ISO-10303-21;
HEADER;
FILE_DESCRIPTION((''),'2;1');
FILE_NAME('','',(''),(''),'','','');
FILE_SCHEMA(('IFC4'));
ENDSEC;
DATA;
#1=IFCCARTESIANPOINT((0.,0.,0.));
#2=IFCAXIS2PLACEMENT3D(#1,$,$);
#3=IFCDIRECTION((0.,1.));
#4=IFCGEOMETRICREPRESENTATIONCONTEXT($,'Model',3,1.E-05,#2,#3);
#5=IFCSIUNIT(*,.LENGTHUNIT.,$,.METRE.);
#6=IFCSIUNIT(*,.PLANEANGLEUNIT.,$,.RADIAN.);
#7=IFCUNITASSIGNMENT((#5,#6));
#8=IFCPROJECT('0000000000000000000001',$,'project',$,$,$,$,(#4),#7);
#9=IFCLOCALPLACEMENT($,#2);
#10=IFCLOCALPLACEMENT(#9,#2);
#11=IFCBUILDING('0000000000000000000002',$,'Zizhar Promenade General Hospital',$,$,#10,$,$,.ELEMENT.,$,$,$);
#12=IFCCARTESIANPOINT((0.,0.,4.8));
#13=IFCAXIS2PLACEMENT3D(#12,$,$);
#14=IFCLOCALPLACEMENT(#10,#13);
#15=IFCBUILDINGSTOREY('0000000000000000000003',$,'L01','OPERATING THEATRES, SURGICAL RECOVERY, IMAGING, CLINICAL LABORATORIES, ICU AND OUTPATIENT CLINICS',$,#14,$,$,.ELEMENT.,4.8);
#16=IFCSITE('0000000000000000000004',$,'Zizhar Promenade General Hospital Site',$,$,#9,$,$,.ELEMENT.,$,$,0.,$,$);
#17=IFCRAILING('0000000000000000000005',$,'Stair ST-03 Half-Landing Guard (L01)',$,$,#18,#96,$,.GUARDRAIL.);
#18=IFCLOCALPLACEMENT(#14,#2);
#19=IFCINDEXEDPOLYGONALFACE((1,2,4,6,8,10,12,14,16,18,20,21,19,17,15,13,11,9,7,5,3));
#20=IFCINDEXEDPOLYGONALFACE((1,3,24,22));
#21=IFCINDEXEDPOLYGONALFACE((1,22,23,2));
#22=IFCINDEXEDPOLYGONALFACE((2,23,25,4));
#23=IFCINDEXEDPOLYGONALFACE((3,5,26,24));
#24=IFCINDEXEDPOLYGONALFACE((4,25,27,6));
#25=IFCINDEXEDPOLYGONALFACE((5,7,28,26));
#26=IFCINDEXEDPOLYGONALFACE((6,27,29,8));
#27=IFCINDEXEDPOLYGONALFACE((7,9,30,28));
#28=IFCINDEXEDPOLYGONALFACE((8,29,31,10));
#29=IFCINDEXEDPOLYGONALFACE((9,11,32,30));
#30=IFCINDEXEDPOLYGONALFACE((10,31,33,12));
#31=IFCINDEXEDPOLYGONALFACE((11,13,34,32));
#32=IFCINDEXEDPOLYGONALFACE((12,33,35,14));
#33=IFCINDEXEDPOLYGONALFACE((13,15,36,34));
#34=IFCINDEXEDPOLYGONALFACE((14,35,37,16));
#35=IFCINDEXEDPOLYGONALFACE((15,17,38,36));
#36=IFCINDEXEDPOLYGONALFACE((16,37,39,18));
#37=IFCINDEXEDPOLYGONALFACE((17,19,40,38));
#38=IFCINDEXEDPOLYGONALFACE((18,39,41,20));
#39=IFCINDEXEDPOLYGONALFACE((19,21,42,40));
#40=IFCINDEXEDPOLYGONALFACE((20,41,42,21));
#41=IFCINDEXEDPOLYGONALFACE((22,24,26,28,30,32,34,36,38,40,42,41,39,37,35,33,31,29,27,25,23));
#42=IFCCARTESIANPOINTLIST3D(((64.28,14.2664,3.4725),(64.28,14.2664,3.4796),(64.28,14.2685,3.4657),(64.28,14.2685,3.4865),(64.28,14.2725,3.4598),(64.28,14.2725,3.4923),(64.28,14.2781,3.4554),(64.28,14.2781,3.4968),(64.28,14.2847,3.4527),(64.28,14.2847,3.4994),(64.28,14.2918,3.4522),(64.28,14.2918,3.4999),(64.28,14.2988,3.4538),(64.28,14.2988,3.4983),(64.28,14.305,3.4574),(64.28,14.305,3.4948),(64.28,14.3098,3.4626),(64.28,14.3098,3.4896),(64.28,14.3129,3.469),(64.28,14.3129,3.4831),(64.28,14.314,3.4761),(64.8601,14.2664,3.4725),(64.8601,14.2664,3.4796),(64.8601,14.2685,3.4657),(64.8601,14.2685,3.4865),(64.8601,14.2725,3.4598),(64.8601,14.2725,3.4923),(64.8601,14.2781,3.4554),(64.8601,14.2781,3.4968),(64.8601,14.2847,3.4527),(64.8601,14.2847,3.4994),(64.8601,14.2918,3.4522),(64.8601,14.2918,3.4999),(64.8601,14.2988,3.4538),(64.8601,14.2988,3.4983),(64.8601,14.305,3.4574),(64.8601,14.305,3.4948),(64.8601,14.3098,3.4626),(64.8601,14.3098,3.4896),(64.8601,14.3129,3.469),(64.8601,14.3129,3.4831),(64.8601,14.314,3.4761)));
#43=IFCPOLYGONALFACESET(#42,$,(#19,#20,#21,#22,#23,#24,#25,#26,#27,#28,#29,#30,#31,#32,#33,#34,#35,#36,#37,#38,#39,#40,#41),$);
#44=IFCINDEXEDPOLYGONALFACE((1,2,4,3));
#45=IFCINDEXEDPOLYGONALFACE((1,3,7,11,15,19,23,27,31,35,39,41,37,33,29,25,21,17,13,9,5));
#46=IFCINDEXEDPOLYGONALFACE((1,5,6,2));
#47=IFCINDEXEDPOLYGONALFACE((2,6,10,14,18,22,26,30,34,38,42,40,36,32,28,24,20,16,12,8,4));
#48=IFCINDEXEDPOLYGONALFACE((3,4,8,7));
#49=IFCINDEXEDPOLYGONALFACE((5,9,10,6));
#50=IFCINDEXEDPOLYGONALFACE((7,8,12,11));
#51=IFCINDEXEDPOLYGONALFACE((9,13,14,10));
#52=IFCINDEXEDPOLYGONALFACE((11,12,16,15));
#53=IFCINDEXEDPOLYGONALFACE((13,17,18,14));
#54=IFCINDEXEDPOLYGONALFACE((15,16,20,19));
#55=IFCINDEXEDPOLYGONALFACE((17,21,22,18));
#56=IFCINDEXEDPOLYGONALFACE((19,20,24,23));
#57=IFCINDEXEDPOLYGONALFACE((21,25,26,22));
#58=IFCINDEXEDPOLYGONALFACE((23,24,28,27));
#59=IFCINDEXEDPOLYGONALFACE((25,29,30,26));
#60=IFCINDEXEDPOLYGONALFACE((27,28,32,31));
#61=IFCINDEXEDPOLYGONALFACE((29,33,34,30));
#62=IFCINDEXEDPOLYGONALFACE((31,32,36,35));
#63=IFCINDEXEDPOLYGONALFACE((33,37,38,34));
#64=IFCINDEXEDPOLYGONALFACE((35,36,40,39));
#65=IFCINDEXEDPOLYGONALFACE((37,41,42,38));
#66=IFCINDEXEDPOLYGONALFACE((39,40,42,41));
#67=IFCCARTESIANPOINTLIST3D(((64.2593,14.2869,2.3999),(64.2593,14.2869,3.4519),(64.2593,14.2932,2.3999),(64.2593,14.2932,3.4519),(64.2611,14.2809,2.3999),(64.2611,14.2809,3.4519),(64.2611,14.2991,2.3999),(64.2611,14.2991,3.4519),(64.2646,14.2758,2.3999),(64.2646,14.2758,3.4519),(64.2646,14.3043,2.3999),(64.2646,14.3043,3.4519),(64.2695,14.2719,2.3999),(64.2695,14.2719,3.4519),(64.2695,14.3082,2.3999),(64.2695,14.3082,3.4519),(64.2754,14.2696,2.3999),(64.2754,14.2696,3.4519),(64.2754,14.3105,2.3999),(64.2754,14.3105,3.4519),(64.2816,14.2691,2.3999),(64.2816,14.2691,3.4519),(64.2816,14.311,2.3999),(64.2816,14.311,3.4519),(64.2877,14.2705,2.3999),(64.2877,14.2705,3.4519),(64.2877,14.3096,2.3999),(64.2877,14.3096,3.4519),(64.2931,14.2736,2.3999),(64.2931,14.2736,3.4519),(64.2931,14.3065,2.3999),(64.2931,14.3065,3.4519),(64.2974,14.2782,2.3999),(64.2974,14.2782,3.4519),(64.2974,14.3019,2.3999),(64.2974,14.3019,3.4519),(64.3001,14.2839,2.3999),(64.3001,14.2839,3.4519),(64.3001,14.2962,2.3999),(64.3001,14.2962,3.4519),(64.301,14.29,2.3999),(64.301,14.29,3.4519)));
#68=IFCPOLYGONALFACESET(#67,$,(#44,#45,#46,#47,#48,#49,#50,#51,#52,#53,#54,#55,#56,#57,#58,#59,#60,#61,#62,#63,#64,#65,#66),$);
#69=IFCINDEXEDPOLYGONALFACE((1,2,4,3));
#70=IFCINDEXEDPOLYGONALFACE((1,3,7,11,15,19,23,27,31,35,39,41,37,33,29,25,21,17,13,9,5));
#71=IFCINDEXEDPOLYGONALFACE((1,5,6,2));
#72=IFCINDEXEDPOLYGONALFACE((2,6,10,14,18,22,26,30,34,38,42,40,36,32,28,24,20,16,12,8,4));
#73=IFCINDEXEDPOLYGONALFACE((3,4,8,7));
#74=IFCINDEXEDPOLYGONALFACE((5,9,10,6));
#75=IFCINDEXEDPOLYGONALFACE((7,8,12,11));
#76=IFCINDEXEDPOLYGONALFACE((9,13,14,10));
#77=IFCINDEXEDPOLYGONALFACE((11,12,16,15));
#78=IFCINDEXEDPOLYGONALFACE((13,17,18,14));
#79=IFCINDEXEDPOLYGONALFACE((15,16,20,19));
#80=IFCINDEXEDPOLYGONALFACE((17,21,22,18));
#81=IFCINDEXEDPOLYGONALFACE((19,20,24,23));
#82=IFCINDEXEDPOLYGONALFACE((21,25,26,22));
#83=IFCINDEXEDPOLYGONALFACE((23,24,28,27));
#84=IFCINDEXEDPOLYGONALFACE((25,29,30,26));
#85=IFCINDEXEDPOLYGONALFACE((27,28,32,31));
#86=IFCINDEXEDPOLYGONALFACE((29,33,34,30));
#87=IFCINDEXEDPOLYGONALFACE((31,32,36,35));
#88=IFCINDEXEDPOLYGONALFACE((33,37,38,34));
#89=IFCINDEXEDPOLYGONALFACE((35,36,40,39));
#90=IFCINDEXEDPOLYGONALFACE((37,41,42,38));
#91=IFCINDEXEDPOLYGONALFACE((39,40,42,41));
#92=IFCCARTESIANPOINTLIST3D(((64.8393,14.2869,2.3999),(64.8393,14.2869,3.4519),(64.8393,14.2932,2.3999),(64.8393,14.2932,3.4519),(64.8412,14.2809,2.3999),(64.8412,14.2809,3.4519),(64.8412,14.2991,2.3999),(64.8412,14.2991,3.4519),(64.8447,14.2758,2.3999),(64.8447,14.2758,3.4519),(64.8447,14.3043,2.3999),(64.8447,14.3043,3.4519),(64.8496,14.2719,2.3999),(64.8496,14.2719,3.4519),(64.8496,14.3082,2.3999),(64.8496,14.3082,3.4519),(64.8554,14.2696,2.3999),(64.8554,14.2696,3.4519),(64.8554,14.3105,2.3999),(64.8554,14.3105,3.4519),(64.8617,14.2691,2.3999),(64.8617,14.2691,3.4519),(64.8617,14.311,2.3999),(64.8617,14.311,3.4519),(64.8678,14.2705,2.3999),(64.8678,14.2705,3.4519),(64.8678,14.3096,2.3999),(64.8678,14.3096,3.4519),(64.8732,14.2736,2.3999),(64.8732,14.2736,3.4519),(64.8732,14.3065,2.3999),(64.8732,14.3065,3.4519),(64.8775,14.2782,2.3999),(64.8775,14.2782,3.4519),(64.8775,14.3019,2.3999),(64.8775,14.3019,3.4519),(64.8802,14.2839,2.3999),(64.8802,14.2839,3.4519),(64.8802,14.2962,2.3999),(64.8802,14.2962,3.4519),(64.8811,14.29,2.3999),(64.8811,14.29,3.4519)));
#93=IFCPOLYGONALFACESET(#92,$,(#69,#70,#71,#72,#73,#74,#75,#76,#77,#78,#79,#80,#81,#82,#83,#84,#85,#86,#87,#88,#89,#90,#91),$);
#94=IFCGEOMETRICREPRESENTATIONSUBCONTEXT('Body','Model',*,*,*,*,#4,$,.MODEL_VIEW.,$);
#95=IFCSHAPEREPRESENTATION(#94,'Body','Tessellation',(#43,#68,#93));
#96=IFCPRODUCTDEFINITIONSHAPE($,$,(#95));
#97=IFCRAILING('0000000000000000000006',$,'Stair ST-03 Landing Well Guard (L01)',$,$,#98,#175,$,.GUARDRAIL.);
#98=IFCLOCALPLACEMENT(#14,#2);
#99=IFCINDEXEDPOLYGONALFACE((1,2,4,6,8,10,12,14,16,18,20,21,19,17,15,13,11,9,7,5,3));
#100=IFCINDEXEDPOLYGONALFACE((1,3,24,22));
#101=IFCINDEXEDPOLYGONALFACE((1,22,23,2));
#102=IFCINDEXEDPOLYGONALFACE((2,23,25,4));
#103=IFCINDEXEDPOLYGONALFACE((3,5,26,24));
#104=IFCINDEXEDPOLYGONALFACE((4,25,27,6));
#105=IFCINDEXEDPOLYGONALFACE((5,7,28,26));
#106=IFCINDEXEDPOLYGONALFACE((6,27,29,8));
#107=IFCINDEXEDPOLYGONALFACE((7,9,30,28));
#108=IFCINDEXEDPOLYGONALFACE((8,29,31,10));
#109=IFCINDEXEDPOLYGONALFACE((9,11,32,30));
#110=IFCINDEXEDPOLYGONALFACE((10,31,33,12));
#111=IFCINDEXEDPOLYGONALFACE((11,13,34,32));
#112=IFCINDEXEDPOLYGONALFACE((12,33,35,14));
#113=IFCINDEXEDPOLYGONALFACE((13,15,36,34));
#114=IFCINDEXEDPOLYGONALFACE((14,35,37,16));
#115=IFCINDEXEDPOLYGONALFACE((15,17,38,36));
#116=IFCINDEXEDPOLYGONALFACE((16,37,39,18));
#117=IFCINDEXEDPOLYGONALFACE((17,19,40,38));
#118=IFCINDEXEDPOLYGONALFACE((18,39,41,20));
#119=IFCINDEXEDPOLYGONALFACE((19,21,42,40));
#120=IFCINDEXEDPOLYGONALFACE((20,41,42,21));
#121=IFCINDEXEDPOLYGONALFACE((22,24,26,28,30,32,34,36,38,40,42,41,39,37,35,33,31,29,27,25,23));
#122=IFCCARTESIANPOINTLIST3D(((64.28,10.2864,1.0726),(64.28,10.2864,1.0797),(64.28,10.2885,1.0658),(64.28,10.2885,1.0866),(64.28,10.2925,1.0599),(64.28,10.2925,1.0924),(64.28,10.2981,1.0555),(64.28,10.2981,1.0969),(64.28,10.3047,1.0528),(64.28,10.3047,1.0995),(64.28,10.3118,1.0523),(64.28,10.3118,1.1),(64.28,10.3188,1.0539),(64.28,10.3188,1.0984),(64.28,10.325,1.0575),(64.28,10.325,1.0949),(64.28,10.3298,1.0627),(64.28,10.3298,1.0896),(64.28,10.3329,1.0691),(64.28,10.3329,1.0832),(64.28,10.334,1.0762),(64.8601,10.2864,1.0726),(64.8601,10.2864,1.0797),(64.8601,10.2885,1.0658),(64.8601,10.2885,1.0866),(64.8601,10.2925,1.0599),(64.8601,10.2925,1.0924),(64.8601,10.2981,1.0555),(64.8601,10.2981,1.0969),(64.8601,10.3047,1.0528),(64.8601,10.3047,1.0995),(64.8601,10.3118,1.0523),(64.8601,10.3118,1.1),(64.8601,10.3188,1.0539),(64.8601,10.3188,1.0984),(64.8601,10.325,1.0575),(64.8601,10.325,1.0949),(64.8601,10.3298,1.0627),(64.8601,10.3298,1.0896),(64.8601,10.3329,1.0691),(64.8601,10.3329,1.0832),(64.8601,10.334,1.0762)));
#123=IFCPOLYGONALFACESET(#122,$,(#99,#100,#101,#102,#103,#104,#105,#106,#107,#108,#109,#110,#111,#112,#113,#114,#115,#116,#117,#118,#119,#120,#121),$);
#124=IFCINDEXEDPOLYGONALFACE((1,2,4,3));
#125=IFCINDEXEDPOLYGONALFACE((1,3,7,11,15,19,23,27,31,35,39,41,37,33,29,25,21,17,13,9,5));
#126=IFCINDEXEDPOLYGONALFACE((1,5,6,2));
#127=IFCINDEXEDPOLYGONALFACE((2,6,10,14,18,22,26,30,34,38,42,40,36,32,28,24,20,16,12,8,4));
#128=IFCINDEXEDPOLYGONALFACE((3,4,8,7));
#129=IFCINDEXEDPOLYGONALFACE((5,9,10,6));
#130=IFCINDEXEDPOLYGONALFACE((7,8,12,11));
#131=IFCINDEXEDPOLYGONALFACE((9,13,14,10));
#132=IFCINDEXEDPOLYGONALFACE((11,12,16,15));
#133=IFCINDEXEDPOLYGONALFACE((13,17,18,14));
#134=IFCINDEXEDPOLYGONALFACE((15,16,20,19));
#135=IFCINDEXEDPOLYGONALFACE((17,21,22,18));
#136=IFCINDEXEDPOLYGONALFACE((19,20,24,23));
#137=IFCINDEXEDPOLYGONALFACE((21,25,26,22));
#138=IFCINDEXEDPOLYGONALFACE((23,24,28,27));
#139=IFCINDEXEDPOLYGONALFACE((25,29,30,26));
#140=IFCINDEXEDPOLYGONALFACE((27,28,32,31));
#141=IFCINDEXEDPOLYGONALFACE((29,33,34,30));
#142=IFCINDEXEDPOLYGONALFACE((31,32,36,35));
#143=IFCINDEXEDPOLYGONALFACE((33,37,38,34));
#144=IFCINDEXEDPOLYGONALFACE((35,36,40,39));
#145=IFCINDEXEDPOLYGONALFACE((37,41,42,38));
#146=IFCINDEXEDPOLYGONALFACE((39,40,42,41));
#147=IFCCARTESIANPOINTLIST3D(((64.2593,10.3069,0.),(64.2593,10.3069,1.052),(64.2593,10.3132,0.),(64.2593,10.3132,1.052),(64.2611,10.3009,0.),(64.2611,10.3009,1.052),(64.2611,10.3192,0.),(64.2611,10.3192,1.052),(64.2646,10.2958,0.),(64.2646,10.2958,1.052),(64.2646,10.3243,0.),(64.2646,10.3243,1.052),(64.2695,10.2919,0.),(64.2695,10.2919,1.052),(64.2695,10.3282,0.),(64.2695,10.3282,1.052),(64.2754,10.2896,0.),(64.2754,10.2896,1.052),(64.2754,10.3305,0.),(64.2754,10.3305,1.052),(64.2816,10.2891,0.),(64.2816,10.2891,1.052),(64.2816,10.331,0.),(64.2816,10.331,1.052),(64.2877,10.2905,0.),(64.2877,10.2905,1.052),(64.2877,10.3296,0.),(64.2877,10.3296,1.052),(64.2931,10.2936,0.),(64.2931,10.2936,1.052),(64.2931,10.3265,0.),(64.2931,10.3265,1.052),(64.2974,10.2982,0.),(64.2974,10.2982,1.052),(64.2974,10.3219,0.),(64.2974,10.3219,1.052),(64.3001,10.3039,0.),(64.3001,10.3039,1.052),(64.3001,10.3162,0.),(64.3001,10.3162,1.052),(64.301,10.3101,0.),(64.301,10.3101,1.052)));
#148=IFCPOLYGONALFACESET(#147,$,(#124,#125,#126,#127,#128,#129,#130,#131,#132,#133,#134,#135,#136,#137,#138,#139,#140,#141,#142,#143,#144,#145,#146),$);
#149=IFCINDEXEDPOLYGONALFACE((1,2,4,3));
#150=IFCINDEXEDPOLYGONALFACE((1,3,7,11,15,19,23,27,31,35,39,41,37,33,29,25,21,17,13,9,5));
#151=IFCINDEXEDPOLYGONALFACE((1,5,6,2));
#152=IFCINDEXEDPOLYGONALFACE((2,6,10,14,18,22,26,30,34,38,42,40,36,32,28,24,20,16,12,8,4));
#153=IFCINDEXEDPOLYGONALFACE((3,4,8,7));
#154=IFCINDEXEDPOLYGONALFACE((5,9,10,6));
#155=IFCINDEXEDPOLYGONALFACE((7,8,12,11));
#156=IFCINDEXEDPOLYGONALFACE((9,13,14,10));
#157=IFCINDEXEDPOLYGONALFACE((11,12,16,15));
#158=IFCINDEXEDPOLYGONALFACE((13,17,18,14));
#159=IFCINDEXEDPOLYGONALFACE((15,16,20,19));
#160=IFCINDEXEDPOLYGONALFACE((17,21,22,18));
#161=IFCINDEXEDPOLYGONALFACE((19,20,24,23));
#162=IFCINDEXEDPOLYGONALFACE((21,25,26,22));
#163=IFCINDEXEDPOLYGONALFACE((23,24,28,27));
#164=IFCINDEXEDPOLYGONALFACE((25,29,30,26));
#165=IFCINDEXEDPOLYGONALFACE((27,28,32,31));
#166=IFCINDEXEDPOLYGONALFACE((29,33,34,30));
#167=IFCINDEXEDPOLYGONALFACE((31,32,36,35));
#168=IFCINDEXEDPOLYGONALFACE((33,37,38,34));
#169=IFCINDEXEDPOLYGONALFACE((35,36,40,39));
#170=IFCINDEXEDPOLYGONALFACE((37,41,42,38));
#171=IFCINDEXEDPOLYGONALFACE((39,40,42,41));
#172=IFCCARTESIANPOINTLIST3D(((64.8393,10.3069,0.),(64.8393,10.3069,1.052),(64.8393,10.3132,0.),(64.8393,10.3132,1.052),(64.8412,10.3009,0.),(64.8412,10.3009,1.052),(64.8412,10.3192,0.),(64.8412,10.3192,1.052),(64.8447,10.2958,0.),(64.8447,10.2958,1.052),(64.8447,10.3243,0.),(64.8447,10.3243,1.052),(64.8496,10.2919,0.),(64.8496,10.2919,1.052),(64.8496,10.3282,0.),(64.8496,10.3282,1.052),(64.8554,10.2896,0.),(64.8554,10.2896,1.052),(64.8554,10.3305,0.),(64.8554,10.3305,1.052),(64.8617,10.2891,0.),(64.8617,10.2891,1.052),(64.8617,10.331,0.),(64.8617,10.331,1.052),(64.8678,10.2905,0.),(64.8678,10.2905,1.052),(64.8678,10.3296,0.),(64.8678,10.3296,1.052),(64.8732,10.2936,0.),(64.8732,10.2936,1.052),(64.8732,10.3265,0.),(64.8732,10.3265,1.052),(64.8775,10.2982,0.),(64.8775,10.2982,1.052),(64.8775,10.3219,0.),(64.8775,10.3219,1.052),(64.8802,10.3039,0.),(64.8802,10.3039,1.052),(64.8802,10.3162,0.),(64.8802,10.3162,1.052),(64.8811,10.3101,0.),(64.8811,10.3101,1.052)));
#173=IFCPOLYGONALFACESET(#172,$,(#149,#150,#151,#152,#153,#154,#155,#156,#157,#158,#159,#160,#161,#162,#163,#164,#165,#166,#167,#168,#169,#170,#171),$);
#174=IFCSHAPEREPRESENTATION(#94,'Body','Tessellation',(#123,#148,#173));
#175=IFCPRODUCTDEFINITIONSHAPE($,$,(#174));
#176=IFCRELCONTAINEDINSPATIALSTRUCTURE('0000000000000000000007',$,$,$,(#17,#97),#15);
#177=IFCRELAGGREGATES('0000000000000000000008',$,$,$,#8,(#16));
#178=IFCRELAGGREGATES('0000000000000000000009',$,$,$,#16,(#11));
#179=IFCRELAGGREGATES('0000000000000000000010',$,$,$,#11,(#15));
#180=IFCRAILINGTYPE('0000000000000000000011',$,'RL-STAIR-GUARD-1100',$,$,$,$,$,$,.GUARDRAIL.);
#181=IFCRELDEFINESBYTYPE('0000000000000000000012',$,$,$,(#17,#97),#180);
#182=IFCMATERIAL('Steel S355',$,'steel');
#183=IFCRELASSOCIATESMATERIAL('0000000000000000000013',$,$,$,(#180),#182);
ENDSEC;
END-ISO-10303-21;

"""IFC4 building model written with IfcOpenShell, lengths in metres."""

from ifc_helpers import new_model, si_unit, direction, frame, origin, origin_2d, place, context, subcontext, project, spatial, circle, hollow_circle, extrude, material, material_profile, profile_set, type_object, element, save


model = new_model("IFC4")

# Units and contexts
model_context = context("Model", 3, precision=1e-05, world=origin(), true_north=direction((0.0, 1.0)))
body_context = subcontext(model_context, "Body", "Model", "MODEL_VIEW")
ifc_project = project(units=[si_unit("LENGTHUNIT", "METRE"), si_unit("PLANEANGLEUNIT", "RADIAN")], contexts=[model_context])

# Site, building, storey
site_placement = place(None, origin())
site = spatial("IfcSite", under=ifc_project, at=site_placement, Name="Zizhar Promenade General Hospital Site", CompositionType="ELEMENT", RefElevation=0.0)
building_placement = place(site_placement, origin())
building = spatial("IfcBuilding", under=site, at=building_placement, Name="Zizhar Promenade General Hospital", CompositionType="ELEMENT")
storey_placement = place(building_placement, frame((0.0, 0.0, 4.8)))
storey = spatial("IfcBuildingStorey", under=building, at=storey_placement, Name="L01", Description="OPERATING THEATRES, SURGICAL RECOVERY, IMAGING, CLINICAL LABORATORIES, ICU AND OUTPATIENT CLINICS", CompositionType="ELEMENT", Elevation=4.8)

# Railings
ifc_material_1 = material(Name="Steel S355", Category="steel")
ifc_material_profile_1 = material_profile(ifc_material_1, hollow_circle(Radius=0.0698, WallThickness=0.0063, at=origin_2d()))
ifc_profile_set_1 = profile_set([ifc_material_profile_1], Name="Steel S355")
railing_type_1 = type_object("IfcRailingType", Name="RL-STAIR-GUARD-1100", PredefinedType="GUARDRAIL", material=ifc_profile_set_1)
for number, where, name in (
    (1, (64.28, 14.29, 2.3999), "Stair ST-03 Half-Landing Guard (L01)"),
    (2, (64.28, 10.3101, 0.0), "Stair ST-03 Landing Well Guard (L01)"),
):
    element("IfcRailing", number, at=place(storey_placement, frame(where)), inside=storey, type_object=railing_type_1, Name=name, PredefinedType="GUARDRAIL", context=body_context, shape_type="SweptSolid", body=[
        extrude(circle(Radius=0.0239, at=origin_2d()), frame((0.0, 0.0, 1.0762), z_axis=(1.0, 0.0, 0.0), x_axis=(0.0, 1.0, 0.0)), (0.0, 0.0, 1.0), 0.5801),
        extrude(circle(Radius=0.021, at=origin_2d()), origin(), (0.0, 0.0, 1.0), 1.052),
        extrude(circle(Radius=0.021, at=origin_2d()), frame((0.5801, 0.0, 0.0)), (0.0, 0.0, 1.0), 1.052),
    ])

save(model, "model.ifc")
